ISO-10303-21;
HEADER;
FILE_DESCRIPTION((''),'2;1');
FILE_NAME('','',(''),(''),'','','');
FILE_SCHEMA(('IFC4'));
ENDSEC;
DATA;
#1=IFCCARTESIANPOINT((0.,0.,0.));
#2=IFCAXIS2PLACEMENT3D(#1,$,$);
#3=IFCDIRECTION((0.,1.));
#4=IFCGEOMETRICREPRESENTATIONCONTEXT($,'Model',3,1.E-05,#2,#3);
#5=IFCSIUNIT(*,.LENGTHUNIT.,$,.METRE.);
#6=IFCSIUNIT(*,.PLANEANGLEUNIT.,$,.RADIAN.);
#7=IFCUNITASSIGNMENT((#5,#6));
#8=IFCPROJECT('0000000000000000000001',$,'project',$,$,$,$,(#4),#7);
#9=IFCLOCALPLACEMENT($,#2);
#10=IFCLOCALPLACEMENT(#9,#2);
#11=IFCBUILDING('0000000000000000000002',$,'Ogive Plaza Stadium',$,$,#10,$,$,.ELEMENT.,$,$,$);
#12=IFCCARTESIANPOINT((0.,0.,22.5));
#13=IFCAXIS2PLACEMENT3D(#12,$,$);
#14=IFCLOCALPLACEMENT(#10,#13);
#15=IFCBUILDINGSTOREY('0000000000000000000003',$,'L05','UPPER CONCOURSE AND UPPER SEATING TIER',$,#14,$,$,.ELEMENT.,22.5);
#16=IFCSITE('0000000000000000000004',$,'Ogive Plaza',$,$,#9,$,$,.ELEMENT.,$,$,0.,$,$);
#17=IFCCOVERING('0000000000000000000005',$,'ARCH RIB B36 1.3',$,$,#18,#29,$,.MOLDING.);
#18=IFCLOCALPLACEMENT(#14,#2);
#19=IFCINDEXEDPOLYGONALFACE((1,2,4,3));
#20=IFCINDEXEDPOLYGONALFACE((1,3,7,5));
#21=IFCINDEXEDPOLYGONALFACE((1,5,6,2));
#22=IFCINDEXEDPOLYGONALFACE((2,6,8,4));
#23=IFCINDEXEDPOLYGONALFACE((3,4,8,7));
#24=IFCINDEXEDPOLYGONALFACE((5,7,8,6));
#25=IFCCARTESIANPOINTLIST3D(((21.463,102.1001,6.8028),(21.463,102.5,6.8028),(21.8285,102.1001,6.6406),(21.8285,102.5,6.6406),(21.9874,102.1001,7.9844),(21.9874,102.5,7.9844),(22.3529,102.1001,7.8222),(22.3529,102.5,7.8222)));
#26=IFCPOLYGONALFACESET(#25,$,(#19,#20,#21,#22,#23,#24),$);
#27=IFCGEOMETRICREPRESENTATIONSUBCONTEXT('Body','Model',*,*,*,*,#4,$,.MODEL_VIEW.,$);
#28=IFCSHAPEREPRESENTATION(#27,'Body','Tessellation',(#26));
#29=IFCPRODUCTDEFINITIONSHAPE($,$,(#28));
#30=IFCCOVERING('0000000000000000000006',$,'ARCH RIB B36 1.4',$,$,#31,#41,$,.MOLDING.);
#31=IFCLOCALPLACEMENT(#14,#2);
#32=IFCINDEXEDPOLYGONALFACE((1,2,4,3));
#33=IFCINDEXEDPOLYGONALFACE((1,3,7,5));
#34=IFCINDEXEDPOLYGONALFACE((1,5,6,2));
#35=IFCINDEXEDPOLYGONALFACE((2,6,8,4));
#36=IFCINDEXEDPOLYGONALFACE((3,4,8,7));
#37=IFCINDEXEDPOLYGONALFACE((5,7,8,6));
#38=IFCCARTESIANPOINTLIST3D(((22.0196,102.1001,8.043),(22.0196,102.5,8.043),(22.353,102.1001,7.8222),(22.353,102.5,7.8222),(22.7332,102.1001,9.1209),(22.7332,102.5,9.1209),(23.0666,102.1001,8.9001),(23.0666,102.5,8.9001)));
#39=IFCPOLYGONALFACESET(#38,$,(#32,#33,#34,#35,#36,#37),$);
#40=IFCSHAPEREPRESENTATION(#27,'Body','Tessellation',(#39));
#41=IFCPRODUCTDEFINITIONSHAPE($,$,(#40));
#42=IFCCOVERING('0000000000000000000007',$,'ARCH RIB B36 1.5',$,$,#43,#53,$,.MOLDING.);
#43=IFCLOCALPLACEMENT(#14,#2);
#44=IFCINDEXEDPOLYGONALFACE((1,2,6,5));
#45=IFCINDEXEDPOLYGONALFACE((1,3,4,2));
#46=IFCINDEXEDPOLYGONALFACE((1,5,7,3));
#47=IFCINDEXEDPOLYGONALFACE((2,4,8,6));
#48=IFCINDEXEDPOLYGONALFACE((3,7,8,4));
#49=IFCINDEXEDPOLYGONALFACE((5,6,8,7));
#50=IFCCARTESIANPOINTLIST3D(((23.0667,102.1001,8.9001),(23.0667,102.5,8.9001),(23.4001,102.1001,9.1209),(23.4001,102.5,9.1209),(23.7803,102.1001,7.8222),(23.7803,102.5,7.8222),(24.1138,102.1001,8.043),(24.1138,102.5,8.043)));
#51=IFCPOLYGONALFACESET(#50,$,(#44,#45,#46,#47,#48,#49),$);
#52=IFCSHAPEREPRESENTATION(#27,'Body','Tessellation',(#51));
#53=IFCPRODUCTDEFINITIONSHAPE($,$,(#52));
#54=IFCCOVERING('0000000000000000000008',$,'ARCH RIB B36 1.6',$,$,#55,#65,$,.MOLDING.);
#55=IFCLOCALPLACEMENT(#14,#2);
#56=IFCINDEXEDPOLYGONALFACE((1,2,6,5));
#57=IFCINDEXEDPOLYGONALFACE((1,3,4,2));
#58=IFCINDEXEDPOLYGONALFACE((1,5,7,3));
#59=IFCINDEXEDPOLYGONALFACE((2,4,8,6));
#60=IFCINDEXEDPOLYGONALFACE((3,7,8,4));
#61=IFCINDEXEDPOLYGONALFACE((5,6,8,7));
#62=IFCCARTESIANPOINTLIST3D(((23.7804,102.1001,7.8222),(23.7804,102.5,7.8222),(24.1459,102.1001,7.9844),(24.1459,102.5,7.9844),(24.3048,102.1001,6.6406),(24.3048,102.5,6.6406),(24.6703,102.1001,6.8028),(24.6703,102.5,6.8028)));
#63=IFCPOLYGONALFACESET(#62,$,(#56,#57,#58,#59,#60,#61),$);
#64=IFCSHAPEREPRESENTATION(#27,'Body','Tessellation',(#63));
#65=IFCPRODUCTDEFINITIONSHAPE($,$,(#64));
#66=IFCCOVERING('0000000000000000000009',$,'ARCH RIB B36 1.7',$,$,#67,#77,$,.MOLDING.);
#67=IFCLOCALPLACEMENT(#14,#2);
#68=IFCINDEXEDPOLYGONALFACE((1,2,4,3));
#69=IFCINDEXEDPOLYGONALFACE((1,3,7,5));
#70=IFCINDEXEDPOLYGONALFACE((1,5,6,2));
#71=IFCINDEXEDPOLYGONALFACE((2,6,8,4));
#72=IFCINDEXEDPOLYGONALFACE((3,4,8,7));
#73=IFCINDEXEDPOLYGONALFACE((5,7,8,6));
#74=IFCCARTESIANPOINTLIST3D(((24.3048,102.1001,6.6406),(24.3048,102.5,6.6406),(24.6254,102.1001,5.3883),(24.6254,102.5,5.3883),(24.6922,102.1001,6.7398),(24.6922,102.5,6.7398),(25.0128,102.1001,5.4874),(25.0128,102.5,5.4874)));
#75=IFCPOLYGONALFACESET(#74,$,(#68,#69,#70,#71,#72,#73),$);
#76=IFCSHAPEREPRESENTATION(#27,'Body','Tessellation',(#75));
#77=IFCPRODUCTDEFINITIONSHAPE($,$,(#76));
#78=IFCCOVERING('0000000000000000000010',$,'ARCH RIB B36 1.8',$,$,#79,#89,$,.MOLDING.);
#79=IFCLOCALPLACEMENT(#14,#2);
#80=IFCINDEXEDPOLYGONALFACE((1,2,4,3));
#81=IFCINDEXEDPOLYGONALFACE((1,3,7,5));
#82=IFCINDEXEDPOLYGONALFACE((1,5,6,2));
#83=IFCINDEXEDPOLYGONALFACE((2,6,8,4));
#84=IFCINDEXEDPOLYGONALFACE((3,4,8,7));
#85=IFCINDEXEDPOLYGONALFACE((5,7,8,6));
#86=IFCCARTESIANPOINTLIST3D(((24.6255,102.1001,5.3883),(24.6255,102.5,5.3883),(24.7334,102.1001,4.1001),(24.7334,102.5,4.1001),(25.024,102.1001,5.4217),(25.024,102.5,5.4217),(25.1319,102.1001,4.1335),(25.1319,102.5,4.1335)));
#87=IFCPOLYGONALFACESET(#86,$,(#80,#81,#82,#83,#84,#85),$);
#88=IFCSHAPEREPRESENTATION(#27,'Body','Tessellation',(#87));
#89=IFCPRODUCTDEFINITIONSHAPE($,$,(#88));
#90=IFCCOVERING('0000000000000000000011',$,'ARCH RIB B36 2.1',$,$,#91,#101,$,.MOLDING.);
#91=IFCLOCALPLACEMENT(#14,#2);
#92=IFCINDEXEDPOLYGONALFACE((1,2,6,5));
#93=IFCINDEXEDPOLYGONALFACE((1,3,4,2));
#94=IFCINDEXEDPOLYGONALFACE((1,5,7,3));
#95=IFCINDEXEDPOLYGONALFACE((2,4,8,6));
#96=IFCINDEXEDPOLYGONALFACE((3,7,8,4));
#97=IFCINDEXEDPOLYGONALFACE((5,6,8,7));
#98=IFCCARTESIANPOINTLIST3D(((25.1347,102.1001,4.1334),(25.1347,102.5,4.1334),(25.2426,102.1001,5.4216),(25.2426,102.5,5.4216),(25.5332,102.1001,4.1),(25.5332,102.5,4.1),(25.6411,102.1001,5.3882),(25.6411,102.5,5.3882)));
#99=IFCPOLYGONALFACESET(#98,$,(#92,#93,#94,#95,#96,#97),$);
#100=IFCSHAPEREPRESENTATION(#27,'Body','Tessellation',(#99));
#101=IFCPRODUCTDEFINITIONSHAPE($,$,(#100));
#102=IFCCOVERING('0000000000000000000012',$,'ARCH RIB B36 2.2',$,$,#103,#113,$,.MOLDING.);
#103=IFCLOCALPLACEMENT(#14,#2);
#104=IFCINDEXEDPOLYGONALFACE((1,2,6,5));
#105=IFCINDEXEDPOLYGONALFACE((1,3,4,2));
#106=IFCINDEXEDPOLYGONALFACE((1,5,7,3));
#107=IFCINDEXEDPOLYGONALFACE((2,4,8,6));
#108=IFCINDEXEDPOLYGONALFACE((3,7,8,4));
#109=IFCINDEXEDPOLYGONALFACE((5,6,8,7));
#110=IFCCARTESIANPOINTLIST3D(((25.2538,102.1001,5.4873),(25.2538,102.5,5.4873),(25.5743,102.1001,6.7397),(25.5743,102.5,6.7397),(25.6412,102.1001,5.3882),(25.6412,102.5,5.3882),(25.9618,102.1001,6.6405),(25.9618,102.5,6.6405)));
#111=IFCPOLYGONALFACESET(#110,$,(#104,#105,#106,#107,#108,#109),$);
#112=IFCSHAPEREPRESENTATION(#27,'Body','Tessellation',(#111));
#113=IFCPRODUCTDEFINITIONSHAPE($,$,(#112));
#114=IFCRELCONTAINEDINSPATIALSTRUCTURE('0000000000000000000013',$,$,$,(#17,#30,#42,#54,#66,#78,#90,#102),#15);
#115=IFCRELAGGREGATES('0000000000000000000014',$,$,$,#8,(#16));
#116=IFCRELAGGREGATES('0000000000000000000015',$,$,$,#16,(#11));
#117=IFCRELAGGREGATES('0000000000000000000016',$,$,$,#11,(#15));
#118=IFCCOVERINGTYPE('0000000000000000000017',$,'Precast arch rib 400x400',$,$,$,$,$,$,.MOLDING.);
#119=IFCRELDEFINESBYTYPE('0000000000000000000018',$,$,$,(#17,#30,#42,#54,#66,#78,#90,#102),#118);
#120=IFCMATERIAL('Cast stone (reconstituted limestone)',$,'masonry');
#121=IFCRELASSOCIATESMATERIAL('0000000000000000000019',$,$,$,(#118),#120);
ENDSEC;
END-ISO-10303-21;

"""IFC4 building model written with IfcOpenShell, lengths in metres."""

from ifc_helpers import new_model, si_unit, direction, frame, origin, origin_2d, place, context, subcontext, project, spatial, rectangle, extrude, material, material_profile, profile_set, type_object, element, save


model = new_model("IFC4")

# Units and contexts
model_context = context("Model", 3, precision=1e-05, world=origin(), true_north=direction((0.0, 1.0)))
body_context = subcontext(model_context, "Body", "Model", "MODEL_VIEW")
ifc_project = project(units=[si_unit("LENGTHUNIT", "METRE"), si_unit("PLANEANGLEUNIT", "RADIAN")], contexts=[model_context])

# Site, building, storey
site_placement = place(None, origin())
site = spatial("IfcSite", under=ifc_project, at=site_placement, Name="Ogive Plaza", CompositionType="ELEMENT", RefElevation=0.0)
building_placement = place(site_placement, origin())
building = spatial("IfcBuilding", under=site, at=building_placement, Name="Ogive Plaza Stadium", CompositionType="ELEMENT")
storey_placement = place(building_placement, frame((0.0, 0.0, 22.5)))
storey = spatial("IfcBuildingStorey", under=building, at=storey_placement, Name="L05", Description="UPPER CONCOURSE AND UPPER SEATING TIER", CompositionType="ELEMENT", Elevation=22.5)

# Coverings
ifc_material_1 = material(Name="Cast stone (reconstituted limestone)", Category="masonry")
ifc_material_profile_1 = material_profile(ifc_material_1, rectangle(XDim=0.3999, YDim=0.3999, at=origin_2d()), Name="Cast stone 400x400")
ifc_profile_set_1 = profile_set([ifc_material_profile_1], Name="Cast stone (reconstituted limestone)")
covering_type = type_object("IfcCoveringType", Name="Precast arch rib 400x400", PredefinedType="MOLDING", material=ifc_profile_set_1)
for number, where, z_axis, x_axis, name in (
    (1, (21.6458, 102.3, 6.7217), (0.405648, 0.0, 0.914029), (0.0, 1.0, 0.0), "ARCH RIB B36 1.3"),
    (2, (22.1863, 102.3, 7.9326), (0.552039, 0.0, 0.833818), (0.0, 1.0, 0.0), "ARCH RIB B36 1.4"),
    (3, (23.2334, 102.3, 9.0105), (0.552039, 0.0, -0.833818), (0.0, 1.0, 0.0), "ARCH RIB B36 1.5"),
    (4, (23.9631, 102.3, 7.9033), (0.405648, 0.0, -0.914029), (0.0, 1.0, 0.0), "ARCH RIB B36 1.6"),
    (5, (24.4985, 102.3, 6.6902), (0.247953, 0.0, -0.968772), (0.0, 1.0, 0.0), "ARCH RIB B36 1.7"),
    (6, (24.8247, 102.3, 5.405), (0.083467, 0.0, -0.996511), (0.0, 1.0, 0.0), "ARCH RIB B36 1.8"),
    (7, (25.334, 102.3, 4.1167), (0.083467, 0.0, 0.996511), (0.0, 1.0, 0.0), "ARCH RIB B36 2.1"),
    (8, (25.4475, 102.3, 5.4377), (0.247953, 0.0, 0.968772), (0.0, 1.0, 0.0), "ARCH RIB B36 2.2"),
):
    element("IfcCovering", number, at=place(storey_placement, frame(where, z_axis=z_axis, x_axis=x_axis)), inside=storey, type_object=covering_type, Name=name, PredefinedType="MOLDING", context=body_context, shape_type="SweptSolid", body=[
        extrude(rectangle(XDim=0.3999, YDim=0.3999, at=origin_2d()), origin(), (0.0, 0.0, 1.0), 1.2927),
    ])

save(model, "model.ifc")
